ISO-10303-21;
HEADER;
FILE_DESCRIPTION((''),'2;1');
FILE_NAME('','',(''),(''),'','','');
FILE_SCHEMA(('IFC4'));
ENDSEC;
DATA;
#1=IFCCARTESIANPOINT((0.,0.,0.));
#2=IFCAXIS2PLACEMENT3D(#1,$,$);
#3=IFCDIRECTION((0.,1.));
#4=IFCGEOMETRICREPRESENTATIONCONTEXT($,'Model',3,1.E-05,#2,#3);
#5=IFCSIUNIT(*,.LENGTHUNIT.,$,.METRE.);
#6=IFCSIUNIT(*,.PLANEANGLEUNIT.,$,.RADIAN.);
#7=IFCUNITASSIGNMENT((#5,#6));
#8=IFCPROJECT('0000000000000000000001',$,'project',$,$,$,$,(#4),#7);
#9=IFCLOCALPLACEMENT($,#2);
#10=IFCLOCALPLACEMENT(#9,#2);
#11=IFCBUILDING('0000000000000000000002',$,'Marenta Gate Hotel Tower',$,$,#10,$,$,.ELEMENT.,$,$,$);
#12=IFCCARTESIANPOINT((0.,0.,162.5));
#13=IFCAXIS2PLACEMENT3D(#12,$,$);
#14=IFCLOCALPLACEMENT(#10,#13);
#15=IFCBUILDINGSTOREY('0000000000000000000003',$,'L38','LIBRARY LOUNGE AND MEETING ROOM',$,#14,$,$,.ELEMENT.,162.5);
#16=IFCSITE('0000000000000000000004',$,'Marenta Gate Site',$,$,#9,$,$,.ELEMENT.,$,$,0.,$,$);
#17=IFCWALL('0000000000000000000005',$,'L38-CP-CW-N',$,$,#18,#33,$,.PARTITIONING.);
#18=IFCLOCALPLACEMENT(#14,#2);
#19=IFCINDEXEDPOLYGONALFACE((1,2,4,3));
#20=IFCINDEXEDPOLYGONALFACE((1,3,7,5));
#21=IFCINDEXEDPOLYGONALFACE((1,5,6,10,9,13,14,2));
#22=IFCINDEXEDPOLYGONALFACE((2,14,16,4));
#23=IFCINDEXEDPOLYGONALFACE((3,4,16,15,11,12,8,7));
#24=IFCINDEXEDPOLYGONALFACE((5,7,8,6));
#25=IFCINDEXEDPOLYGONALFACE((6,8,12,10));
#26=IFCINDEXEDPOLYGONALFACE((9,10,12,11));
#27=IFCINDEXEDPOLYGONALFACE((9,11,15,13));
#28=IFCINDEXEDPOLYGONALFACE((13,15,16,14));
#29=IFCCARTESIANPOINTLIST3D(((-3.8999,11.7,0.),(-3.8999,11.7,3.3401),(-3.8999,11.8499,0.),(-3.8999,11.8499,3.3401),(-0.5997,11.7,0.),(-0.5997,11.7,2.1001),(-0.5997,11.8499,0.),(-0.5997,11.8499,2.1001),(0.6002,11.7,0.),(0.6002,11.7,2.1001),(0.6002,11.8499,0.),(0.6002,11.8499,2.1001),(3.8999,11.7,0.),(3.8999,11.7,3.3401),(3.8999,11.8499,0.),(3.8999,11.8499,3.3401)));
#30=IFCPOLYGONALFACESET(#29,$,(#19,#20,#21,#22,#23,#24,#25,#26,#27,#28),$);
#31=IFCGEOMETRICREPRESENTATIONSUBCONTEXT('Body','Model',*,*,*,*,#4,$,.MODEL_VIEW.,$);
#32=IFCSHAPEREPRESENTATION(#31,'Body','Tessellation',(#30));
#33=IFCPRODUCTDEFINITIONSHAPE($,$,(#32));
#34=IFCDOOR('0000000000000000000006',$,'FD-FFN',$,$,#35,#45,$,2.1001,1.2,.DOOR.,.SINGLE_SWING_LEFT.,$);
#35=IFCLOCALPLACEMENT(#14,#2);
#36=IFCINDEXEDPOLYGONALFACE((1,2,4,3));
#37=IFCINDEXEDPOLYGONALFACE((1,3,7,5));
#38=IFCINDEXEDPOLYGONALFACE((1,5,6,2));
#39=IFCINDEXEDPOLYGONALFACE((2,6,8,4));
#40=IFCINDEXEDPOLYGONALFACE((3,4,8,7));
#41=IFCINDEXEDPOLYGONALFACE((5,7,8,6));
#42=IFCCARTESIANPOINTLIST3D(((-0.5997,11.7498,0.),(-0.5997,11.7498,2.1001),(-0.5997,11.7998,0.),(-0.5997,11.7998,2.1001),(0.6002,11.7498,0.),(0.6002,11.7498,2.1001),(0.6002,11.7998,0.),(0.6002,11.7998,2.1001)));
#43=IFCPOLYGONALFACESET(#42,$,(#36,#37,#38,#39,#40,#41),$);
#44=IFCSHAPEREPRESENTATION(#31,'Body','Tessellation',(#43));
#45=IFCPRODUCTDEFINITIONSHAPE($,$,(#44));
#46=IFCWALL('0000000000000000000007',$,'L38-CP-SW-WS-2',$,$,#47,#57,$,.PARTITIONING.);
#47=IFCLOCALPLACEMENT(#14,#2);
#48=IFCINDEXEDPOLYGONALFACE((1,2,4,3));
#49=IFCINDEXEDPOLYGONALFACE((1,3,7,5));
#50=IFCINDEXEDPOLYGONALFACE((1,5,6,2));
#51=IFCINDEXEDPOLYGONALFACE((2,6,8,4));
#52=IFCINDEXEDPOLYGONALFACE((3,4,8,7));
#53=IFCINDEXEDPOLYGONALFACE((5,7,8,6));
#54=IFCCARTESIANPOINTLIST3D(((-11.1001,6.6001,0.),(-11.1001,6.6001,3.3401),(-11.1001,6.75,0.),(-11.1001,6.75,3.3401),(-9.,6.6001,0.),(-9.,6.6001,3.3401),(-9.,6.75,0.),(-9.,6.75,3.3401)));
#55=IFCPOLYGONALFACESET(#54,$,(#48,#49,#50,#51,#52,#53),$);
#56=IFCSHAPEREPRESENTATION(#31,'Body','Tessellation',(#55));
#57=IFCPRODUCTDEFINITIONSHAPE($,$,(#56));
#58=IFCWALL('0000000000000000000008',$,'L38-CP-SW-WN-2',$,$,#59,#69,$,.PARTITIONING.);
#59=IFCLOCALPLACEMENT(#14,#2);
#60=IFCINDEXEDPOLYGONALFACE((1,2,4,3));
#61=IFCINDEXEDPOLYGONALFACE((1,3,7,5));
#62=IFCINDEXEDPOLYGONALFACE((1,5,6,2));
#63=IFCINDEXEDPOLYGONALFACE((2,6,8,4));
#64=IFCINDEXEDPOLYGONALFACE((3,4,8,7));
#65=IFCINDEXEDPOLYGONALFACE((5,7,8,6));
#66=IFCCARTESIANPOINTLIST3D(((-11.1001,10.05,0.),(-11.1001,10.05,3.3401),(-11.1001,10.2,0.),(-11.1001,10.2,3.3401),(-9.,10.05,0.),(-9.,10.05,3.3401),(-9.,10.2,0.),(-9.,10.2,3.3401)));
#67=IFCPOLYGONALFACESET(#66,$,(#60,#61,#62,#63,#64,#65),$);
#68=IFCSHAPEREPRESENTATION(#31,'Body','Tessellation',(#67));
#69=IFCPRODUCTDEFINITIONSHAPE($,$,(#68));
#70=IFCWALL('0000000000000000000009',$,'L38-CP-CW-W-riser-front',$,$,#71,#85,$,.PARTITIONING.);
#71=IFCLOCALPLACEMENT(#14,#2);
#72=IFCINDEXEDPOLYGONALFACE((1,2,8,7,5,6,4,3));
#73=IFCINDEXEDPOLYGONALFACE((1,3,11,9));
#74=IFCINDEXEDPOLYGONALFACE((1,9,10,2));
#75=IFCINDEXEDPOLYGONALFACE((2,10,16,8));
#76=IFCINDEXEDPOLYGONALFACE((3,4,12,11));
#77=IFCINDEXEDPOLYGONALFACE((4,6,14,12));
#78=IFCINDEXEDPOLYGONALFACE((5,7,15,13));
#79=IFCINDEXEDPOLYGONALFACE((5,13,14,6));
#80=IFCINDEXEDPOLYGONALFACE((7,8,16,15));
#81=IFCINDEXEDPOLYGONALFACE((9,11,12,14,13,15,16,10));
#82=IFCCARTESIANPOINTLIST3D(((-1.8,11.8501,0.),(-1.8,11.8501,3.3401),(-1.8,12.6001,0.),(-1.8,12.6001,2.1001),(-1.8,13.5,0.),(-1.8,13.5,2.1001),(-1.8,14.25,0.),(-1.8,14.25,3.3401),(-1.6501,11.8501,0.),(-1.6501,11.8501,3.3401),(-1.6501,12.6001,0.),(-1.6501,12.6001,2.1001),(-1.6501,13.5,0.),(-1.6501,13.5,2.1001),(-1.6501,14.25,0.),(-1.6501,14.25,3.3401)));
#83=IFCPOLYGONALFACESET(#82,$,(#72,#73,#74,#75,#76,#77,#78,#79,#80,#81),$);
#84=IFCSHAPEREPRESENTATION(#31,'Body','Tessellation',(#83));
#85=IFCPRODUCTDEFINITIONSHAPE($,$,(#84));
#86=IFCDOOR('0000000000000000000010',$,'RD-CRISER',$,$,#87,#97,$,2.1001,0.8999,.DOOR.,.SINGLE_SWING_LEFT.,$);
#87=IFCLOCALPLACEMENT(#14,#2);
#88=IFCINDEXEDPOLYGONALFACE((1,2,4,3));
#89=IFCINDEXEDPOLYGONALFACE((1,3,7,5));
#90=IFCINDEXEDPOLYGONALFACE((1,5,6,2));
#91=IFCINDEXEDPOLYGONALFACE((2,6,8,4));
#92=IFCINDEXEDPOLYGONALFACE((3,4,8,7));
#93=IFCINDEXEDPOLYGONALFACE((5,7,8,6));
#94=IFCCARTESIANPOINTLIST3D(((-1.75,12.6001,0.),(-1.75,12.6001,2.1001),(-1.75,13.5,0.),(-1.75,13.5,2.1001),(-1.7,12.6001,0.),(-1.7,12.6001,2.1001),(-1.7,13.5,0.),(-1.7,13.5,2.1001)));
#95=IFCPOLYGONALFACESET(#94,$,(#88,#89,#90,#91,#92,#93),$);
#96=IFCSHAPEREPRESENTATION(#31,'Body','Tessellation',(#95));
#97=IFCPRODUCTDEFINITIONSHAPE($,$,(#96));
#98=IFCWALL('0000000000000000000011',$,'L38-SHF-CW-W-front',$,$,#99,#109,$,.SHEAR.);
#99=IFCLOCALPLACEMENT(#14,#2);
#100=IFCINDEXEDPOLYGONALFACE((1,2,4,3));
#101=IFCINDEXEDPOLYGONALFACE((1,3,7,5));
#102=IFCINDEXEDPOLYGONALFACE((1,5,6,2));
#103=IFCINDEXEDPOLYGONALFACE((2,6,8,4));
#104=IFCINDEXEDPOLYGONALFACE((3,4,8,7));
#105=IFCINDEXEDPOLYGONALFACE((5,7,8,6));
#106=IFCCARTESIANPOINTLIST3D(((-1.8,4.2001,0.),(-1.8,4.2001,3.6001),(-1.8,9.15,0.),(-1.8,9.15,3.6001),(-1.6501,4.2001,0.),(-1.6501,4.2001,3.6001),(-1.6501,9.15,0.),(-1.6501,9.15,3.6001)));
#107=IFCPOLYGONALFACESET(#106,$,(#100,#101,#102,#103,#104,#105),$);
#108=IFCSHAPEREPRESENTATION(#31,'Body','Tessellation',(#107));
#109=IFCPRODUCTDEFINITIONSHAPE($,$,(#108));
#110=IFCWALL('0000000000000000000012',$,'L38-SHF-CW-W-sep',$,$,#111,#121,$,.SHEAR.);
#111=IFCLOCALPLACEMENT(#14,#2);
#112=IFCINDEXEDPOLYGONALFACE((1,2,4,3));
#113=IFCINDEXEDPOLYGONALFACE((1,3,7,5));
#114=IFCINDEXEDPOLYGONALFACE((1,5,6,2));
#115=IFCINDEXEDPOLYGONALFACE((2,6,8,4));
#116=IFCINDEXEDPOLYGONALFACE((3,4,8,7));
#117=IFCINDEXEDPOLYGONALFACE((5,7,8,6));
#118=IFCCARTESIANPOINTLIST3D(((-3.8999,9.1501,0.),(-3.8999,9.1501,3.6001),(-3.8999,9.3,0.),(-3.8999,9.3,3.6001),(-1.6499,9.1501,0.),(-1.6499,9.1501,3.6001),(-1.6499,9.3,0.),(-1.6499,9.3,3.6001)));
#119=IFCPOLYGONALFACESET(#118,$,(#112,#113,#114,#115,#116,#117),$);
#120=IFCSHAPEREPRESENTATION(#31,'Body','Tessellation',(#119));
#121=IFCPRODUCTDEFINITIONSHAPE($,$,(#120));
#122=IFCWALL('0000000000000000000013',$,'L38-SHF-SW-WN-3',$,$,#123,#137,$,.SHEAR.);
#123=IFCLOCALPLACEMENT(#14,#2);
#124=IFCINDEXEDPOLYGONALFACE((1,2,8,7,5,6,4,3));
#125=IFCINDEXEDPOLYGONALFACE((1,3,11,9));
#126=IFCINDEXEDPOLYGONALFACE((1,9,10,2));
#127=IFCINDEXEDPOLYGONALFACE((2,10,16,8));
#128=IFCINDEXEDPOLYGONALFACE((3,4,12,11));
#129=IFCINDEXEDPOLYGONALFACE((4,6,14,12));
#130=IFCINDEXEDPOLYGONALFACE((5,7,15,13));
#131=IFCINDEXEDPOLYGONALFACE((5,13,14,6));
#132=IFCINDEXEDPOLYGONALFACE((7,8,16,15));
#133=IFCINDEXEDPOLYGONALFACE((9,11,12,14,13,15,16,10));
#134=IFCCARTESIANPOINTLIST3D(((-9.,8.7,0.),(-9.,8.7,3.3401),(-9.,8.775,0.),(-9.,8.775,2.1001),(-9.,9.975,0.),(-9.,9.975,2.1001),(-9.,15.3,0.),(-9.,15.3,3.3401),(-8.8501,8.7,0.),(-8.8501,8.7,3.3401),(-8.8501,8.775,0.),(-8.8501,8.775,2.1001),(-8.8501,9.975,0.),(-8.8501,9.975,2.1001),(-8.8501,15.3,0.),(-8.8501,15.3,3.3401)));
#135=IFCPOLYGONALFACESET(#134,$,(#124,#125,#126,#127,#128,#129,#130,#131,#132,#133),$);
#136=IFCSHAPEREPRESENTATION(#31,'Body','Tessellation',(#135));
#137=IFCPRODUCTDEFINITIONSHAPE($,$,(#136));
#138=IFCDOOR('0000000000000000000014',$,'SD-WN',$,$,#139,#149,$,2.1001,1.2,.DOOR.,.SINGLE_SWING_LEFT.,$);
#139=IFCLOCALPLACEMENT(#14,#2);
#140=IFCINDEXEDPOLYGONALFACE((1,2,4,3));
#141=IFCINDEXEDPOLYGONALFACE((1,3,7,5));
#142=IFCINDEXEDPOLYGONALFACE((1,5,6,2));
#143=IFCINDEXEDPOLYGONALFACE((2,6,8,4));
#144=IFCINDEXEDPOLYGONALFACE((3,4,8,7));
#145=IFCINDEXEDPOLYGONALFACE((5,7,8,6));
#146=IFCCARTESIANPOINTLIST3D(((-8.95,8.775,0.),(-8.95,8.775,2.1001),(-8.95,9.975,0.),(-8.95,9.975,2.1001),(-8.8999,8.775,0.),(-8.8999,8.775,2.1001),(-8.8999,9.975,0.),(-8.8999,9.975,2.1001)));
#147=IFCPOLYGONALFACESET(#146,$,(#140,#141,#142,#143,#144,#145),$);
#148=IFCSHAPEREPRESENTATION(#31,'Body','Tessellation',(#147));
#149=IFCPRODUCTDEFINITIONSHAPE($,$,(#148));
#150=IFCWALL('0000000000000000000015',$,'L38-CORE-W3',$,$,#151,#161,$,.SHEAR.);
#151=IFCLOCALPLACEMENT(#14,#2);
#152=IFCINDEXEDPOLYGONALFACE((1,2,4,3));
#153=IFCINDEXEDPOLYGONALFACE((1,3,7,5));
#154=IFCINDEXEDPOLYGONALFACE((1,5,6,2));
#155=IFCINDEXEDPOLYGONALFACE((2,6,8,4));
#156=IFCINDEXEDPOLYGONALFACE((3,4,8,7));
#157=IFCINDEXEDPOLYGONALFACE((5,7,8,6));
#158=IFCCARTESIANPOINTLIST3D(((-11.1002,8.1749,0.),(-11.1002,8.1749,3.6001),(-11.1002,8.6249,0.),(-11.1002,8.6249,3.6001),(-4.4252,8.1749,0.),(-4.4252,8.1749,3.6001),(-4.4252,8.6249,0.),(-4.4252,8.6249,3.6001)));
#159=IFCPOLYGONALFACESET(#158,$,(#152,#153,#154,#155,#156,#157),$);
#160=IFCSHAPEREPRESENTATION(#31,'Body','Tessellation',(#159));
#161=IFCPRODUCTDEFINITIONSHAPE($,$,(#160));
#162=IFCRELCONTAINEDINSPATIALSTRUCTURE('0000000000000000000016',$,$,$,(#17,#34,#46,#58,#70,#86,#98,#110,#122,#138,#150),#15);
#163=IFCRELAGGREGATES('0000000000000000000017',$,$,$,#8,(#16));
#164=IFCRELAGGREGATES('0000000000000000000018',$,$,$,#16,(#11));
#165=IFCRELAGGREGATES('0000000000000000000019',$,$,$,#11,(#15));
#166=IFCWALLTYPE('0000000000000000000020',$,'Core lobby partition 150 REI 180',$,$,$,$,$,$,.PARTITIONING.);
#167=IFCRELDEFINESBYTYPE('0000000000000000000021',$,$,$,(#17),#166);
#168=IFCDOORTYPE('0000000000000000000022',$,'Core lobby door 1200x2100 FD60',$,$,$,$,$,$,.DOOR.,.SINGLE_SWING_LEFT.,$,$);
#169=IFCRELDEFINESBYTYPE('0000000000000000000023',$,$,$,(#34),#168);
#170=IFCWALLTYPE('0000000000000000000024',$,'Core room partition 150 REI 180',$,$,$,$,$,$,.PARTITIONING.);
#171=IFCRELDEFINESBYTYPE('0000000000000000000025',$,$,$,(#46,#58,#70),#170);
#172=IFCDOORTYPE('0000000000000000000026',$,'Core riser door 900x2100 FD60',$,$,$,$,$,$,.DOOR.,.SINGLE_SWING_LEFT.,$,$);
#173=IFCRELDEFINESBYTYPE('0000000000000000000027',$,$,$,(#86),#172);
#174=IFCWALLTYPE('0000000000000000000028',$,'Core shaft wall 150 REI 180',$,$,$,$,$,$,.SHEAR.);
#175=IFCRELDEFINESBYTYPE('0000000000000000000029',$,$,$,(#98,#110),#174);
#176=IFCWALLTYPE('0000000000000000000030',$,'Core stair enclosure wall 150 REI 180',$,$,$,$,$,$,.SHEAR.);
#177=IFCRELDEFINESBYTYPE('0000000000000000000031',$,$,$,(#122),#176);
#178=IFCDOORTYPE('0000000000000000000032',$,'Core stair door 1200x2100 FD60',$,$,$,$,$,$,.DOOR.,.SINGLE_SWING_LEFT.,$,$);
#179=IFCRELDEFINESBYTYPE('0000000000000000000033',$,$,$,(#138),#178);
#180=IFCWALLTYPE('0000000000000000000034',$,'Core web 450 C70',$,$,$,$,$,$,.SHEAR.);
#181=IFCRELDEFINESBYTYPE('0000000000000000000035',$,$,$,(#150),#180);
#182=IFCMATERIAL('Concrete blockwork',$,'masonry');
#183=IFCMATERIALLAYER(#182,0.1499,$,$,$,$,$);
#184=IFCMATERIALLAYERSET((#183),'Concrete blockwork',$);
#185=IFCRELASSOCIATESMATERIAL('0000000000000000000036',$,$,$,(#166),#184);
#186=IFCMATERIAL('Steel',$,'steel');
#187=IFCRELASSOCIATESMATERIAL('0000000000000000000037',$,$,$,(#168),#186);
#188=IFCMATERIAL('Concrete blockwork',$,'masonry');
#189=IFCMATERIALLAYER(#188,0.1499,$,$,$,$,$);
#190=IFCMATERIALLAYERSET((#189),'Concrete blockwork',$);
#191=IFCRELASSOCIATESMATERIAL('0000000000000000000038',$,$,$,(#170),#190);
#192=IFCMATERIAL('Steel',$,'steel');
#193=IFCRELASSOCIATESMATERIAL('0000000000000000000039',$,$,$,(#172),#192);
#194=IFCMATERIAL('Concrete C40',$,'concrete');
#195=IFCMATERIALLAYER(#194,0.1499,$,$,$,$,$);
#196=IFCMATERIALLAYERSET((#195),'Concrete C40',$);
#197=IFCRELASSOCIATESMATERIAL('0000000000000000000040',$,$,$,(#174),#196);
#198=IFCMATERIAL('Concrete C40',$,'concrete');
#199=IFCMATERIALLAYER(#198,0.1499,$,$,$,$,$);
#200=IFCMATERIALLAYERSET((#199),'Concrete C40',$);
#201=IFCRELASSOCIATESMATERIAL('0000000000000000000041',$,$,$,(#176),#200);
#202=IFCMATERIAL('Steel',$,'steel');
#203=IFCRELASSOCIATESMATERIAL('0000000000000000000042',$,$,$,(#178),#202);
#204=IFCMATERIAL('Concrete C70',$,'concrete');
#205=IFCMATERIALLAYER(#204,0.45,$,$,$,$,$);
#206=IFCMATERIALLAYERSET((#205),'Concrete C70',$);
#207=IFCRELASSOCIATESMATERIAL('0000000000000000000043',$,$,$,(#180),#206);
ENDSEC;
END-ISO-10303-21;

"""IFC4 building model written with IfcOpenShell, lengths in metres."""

from ifc_helpers import new_model, si_unit, direction, frame, frame_2d, origin, place, context, subcontext, project, spatial, rectangle, extrude, material, layer, layer_set, type_object, element, fill, save


model = new_model("IFC4")

# Units and contexts
model_context = context("Model", 3, precision=1e-05, world=origin(), true_north=direction((0.0, 1.0)))
body_context = subcontext(model_context, "Body", "Model", "MODEL_VIEW")
ifc_project = project(units=[si_unit("LENGTHUNIT", "METRE"), si_unit("PLANEANGLEUNIT", "RADIAN")], contexts=[model_context])

# Site, building, storey
site_placement = place(None, origin())
site = spatial("IfcSite", under=ifc_project, at=site_placement, Name="Marenta Gate Site", CompositionType="ELEMENT", RefElevation=0.0)
building_placement = place(site_placement, origin())
building = spatial("IfcBuilding", under=site, at=building_placement, Name="Marenta Gate Hotel Tower", CompositionType="ELEMENT")
storey_placement = place(building_placement, frame((0.0, 0.0, 162.5)))
storey = spatial("IfcBuildingStorey", under=building, at=storey_placement, Name="L38", Description="LIBRARY LOUNGE AND MEETING ROOM", CompositionType="ELEMENT", Elevation=162.5)

# Wall, opening, door
ifc_material_1 = material(Name="Concrete blockwork", Category="masonry")
ifc_layer_1 = layer(ifc_material_1, 0.1499)
ifc_layer_set_1 = layer_set([ifc_layer_1], Name="Concrete blockwork")
wall_type_1 = type_object("IfcWallType", Name="Core lobby partition 150 REI 180", PredefinedType="PARTITIONING", material=ifc_layer_set_1)
wall_1_placement = place(storey_placement, frame((-3.8999, 11.7749, 0.0), z_axis=(0.0, 0.0, 1.0), x_axis=(1.0, 0.0, 0.0)))
wall_1 = element("IfcWall", 1, at=wall_1_placement, inside=storey, type_object=wall_type_1, Name="L38-CP-CW-N", PredefinedType="PARTITIONING", context=body_context, shape_type="SweptSolid", body=[
    extrude(rectangle(XDim=7.7998, YDim=0.1499, at=frame_2d((3.8999, 0.0))), origin(), (0.0, 0.0, 1.0), 3.3401),
])
opening_1_placement = place(wall_1_placement, frame((3.3, 0.0, 0.0)))
opening_1 = element("IfcOpeningElement", 2, at=opening_1_placement, cuts=wall_1, PredefinedType="OPENING", context=body_context, shape_type="SweptSolid", body=[
    extrude(rectangle(XDim=1.2, YDim=2.1001, at=frame_2d((0.6001, 1.05))), frame((0.0, 0.075, 0.0), z_axis=(0.0, -1.0, 0.0), x_axis=(1.0, 0.0, 0.0)), (0.0, 0.0, 1.0), 0.1499),
])
ifc_material_2 = material(Name="Steel", Category="steel")
door_type_1 = type_object("IfcDoorType", Name="Core lobby door 1200x2100 FD60", OperationType="SINGLE_SWING_LEFT", PredefinedType="DOOR", material=ifc_material_2)
door_1_placement = place(opening_1_placement, origin())
door_1 = element("IfcDoor", 3, at=door_1_placement, inside=storey, type_object=door_type_1, Name="FD-FFN", OperationType="SINGLE_SWING_LEFT", OverallHeight=2.1001, OverallWidth=1.2, PredefinedType="DOOR", context=body_context, shape_type="SweptSolid", body=[
    extrude(rectangle(XDim=1.2, YDim=2.1001, at=frame_2d((0.6001, 1.05))), frame((0.0, 0.0249, 0.0), z_axis=(0.0, -1.0, 0.0), x_axis=(1.0, 0.0, 0.0)), (0.0, 0.0, 1.0), 0.05),
])
fill(opening_1, door_1)

# Walls
ifc_material_3 = material(Name="Concrete blockwork", Category="masonry")
ifc_layer_2 = layer(ifc_material_3, 0.1499)
ifc_layer_set_2 = layer_set([ifc_layer_2], Name="Concrete blockwork")
wall_type_2 = type_object("IfcWallType", Name="Core room partition 150 REI 180", PredefinedType="PARTITIONING", material=ifc_layer_set_2)
for number, where, z_axis, x_axis, name in (
    (4, (-11.1001, 6.675, 0.0), (0.0, 0.0, 1.0), (1.0, 0.0, 0.0), "L38-CP-SW-WS-2"),
    (5, (-11.1001, 10.125, 0.0), (0.0, 0.0, 1.0), (1.0, 0.0, 0.0), "L38-CP-SW-WN-2"),
):
    element("IfcWall", number, at=place(storey_placement, frame(where, z_axis=z_axis, x_axis=x_axis)), inside=storey, type_object=wall_type_2, Name=name, PredefinedType="PARTITIONING", context=body_context, shape_type="SweptSolid", body=[
        extrude(rectangle(XDim=2.1001, YDim=0.1499, at=frame_2d((1.05, 0.0))), origin(), (0.0, 0.0, 1.0), 3.3401),
    ])

# Wall, opening, door
wall_2_placement = place(storey_placement, frame((-1.7251, 11.8501, 0.0), z_axis=(0.0, 0.0, 1.0), x_axis=(0.0, 1.0, 0.0)))
wall_2 = element("IfcWall", 6, at=wall_2_placement, inside=storey, type_object=wall_type_2, Name="L38-CP-CW-W-riser-front", PredefinedType="PARTITIONING", context=body_context, shape_type="SweptSolid", body=[
    extrude(rectangle(XDim=2.3999, YDim=0.1499, at=frame_2d((1.2, 0.0))), origin(), (0.0, 0.0, 1.0), 3.3401),
])
opening_2_placement = place(wall_2_placement, frame((0.75, 0.0, 0.0)))
opening_2 = element("IfcOpeningElement", 7, at=opening_2_placement, cuts=wall_2, PredefinedType="OPENING", context=body_context, shape_type="SweptSolid", body=[
    extrude(rectangle(XDim=0.8999, YDim=2.1001, at=frame_2d((0.45, 1.05))), frame((0.0, 0.075, 0.0), z_axis=(0.0, -1.0, 0.0), x_axis=(1.0, 0.0, 0.0)), (0.0, 0.0, 1.0), 0.1499),
])
ifc_material_4 = material(Name="Steel", Category="steel")
door_type_2 = type_object("IfcDoorType", Name="Core riser door 900x2100 FD60", OperationType="SINGLE_SWING_LEFT", PredefinedType="DOOR", material=ifc_material_4)
door_2_placement = place(opening_2_placement, origin())
door_2 = element("IfcDoor", 8, at=door_2_placement, inside=storey, type_object=door_type_2, Name="RD-CRISER", OperationType="SINGLE_SWING_LEFT", OverallHeight=2.1001, OverallWidth=0.8999, PredefinedType="DOOR", context=body_context, shape_type="SweptSolid", body=[
    extrude(rectangle(XDim=0.8999, YDim=2.1001, at=frame_2d((0.45, 1.05))), frame((0.0, 0.0249, 0.0), z_axis=(0.0, -1.0, 0.0), x_axis=(1.0, 0.0, 0.0)), (0.0, 0.0, 1.0), 0.05),
])
fill(opening_2, door_2)

# Walls
ifc_material_5 = material(Name="Concrete C40", Category="concrete")
ifc_layer_3 = layer(ifc_material_5, 0.1499)
ifc_layer_set_3 = layer_set([ifc_layer_3], Name="Concrete C40")
wall_type_3 = type_object("IfcWallType", Name="Core shaft wall 150 REI 180", PredefinedType="SHEAR", material=ifc_layer_set_3)
wall_3_placement = place(storey_placement, frame((-1.7251, 4.2, 0.0), z_axis=(0.0, 0.0, 1.0), x_axis=(0.0, 1.0, 0.0)))
element("IfcWall", 9, at=wall_3_placement, inside=storey, type_object=wall_type_3, Name="L38-SHF-CW-W-front", PredefinedType="SHEAR", context=body_context, shape_type="SweptSolid", body=[
    extrude(rectangle(XDim=4.95, YDim=0.1499, at=frame_2d((2.4751, 0.0))), origin(), (0.0, 0.0, 1.0), 3.6001),
])
wall_4_placement = place(storey_placement, frame((-3.8999, 9.2251, 0.0), z_axis=(0.0, 0.0, 1.0), x_axis=(1.0, 0.0, 0.0)))
element("IfcWall", 10, at=wall_4_placement, inside=storey, type_object=wall_type_3, Name="L38-SHF-CW-W-sep", PredefinedType="SHEAR", context=body_context, shape_type="SweptSolid", body=[
    extrude(rectangle(XDim=2.25, YDim=0.1499, at=frame_2d((1.125, 0.0))), origin(), (0.0, 0.0, 1.0), 3.6001),
])

# Wall, opening, door
ifc_material_6 = material(Name="Concrete C40", Category="concrete")
ifc_layer_4 = layer(ifc_material_6, 0.1499)
ifc_layer_set_4 = layer_set([ifc_layer_4], Name="Concrete C40")
wall_type_4 = type_object("IfcWallType", Name="Core stair enclosure wall 150 REI 180", PredefinedType="SHEAR", material=ifc_layer_set_4)
wall_5_placement = place(storey_placement, frame((-8.925, 8.7, 0.0), z_axis=(0.0, 0.0, 1.0), x_axis=(0.0, 1.0, 0.0)))
wall_5 = element("IfcWall", 11, at=wall_5_placement, inside=storey, type_object=wall_type_4, Name="L38-SHF-SW-WN-3", PredefinedType="SHEAR", context=body_context, shape_type="SweptSolid", body=[
    extrude(rectangle(XDim=6.6001, YDim=0.1499, at=frame_2d((3.3, 0.0))), origin(), (0.0, 0.0, 1.0), 3.3401),
])
opening_3_placement = place(wall_5_placement, frame((0.075, 0.0, 0.0)))
opening_3 = element("IfcOpeningElement", 12, at=opening_3_placement, cuts=wall_5, PredefinedType="OPENING", context=body_context, shape_type="SweptSolid", body=[
    extrude(rectangle(XDim=1.2, YDim=2.1001, at=frame_2d((0.6001, 1.05))), frame((0.0, 0.075, 0.0), z_axis=(0.0, -1.0, 0.0), x_axis=(1.0, 0.0, 0.0)), (0.0, 0.0, 1.0), 0.1499),
])
ifc_material_7 = material(Name="Steel", Category="steel")
door_type_3 = type_object("IfcDoorType", Name="Core stair door 1200x2100 FD60", OperationType="SINGLE_SWING_LEFT", PredefinedType="DOOR", material=ifc_material_7)
door_3_placement = place(opening_3_placement, origin())
door_3 = element("IfcDoor", 13, at=door_3_placement, inside=storey, type_object=door_type_3, Name="SD-WN", OperationType="SINGLE_SWING_LEFT", OverallHeight=2.1001, OverallWidth=1.2, PredefinedType="DOOR", context=body_context, shape_type="SweptSolid", body=[
    extrude(rectangle(XDim=1.2, YDim=2.1001, at=frame_2d((0.6001, 1.05))), frame((0.0, 0.0249, 0.0), z_axis=(0.0, -1.0, 0.0), x_axis=(1.0, 0.0, 0.0)), (0.0, 0.0, 1.0), 0.05),
])
fill(opening_3, door_3)

# Wall
ifc_material_8 = material(Name="Concrete C70", Category="concrete")
ifc_layer_5 = layer(ifc_material_8, 0.45)
ifc_layer_set_5 = layer_set([ifc_layer_5], Name="Concrete C70")
wall_type_5 = type_object("IfcWallType", Name="Core web 450 C70", PredefinedType="SHEAR", material=ifc_layer_set_5)
wall_6_placement = place(storey_placement, frame((-11.1001, 8.3999, 0.0), z_axis=(0.0, 0.0, 1.0), x_axis=(1.0, 0.0, 0.0)))
element("IfcWall", 14, at=wall_6_placement, inside=storey, type_object=wall_type_5, Name="L38-CORE-W3", PredefinedType="SHEAR", context=body_context, shape_type="SweptSolid", body=[
    extrude(rectangle(XDim=6.675, YDim=0.45, at=frame_2d((3.3374, 0.0))), origin(), (0.0, 0.0, 1.0), 3.6001),
])

save(model, "model.ifc")
